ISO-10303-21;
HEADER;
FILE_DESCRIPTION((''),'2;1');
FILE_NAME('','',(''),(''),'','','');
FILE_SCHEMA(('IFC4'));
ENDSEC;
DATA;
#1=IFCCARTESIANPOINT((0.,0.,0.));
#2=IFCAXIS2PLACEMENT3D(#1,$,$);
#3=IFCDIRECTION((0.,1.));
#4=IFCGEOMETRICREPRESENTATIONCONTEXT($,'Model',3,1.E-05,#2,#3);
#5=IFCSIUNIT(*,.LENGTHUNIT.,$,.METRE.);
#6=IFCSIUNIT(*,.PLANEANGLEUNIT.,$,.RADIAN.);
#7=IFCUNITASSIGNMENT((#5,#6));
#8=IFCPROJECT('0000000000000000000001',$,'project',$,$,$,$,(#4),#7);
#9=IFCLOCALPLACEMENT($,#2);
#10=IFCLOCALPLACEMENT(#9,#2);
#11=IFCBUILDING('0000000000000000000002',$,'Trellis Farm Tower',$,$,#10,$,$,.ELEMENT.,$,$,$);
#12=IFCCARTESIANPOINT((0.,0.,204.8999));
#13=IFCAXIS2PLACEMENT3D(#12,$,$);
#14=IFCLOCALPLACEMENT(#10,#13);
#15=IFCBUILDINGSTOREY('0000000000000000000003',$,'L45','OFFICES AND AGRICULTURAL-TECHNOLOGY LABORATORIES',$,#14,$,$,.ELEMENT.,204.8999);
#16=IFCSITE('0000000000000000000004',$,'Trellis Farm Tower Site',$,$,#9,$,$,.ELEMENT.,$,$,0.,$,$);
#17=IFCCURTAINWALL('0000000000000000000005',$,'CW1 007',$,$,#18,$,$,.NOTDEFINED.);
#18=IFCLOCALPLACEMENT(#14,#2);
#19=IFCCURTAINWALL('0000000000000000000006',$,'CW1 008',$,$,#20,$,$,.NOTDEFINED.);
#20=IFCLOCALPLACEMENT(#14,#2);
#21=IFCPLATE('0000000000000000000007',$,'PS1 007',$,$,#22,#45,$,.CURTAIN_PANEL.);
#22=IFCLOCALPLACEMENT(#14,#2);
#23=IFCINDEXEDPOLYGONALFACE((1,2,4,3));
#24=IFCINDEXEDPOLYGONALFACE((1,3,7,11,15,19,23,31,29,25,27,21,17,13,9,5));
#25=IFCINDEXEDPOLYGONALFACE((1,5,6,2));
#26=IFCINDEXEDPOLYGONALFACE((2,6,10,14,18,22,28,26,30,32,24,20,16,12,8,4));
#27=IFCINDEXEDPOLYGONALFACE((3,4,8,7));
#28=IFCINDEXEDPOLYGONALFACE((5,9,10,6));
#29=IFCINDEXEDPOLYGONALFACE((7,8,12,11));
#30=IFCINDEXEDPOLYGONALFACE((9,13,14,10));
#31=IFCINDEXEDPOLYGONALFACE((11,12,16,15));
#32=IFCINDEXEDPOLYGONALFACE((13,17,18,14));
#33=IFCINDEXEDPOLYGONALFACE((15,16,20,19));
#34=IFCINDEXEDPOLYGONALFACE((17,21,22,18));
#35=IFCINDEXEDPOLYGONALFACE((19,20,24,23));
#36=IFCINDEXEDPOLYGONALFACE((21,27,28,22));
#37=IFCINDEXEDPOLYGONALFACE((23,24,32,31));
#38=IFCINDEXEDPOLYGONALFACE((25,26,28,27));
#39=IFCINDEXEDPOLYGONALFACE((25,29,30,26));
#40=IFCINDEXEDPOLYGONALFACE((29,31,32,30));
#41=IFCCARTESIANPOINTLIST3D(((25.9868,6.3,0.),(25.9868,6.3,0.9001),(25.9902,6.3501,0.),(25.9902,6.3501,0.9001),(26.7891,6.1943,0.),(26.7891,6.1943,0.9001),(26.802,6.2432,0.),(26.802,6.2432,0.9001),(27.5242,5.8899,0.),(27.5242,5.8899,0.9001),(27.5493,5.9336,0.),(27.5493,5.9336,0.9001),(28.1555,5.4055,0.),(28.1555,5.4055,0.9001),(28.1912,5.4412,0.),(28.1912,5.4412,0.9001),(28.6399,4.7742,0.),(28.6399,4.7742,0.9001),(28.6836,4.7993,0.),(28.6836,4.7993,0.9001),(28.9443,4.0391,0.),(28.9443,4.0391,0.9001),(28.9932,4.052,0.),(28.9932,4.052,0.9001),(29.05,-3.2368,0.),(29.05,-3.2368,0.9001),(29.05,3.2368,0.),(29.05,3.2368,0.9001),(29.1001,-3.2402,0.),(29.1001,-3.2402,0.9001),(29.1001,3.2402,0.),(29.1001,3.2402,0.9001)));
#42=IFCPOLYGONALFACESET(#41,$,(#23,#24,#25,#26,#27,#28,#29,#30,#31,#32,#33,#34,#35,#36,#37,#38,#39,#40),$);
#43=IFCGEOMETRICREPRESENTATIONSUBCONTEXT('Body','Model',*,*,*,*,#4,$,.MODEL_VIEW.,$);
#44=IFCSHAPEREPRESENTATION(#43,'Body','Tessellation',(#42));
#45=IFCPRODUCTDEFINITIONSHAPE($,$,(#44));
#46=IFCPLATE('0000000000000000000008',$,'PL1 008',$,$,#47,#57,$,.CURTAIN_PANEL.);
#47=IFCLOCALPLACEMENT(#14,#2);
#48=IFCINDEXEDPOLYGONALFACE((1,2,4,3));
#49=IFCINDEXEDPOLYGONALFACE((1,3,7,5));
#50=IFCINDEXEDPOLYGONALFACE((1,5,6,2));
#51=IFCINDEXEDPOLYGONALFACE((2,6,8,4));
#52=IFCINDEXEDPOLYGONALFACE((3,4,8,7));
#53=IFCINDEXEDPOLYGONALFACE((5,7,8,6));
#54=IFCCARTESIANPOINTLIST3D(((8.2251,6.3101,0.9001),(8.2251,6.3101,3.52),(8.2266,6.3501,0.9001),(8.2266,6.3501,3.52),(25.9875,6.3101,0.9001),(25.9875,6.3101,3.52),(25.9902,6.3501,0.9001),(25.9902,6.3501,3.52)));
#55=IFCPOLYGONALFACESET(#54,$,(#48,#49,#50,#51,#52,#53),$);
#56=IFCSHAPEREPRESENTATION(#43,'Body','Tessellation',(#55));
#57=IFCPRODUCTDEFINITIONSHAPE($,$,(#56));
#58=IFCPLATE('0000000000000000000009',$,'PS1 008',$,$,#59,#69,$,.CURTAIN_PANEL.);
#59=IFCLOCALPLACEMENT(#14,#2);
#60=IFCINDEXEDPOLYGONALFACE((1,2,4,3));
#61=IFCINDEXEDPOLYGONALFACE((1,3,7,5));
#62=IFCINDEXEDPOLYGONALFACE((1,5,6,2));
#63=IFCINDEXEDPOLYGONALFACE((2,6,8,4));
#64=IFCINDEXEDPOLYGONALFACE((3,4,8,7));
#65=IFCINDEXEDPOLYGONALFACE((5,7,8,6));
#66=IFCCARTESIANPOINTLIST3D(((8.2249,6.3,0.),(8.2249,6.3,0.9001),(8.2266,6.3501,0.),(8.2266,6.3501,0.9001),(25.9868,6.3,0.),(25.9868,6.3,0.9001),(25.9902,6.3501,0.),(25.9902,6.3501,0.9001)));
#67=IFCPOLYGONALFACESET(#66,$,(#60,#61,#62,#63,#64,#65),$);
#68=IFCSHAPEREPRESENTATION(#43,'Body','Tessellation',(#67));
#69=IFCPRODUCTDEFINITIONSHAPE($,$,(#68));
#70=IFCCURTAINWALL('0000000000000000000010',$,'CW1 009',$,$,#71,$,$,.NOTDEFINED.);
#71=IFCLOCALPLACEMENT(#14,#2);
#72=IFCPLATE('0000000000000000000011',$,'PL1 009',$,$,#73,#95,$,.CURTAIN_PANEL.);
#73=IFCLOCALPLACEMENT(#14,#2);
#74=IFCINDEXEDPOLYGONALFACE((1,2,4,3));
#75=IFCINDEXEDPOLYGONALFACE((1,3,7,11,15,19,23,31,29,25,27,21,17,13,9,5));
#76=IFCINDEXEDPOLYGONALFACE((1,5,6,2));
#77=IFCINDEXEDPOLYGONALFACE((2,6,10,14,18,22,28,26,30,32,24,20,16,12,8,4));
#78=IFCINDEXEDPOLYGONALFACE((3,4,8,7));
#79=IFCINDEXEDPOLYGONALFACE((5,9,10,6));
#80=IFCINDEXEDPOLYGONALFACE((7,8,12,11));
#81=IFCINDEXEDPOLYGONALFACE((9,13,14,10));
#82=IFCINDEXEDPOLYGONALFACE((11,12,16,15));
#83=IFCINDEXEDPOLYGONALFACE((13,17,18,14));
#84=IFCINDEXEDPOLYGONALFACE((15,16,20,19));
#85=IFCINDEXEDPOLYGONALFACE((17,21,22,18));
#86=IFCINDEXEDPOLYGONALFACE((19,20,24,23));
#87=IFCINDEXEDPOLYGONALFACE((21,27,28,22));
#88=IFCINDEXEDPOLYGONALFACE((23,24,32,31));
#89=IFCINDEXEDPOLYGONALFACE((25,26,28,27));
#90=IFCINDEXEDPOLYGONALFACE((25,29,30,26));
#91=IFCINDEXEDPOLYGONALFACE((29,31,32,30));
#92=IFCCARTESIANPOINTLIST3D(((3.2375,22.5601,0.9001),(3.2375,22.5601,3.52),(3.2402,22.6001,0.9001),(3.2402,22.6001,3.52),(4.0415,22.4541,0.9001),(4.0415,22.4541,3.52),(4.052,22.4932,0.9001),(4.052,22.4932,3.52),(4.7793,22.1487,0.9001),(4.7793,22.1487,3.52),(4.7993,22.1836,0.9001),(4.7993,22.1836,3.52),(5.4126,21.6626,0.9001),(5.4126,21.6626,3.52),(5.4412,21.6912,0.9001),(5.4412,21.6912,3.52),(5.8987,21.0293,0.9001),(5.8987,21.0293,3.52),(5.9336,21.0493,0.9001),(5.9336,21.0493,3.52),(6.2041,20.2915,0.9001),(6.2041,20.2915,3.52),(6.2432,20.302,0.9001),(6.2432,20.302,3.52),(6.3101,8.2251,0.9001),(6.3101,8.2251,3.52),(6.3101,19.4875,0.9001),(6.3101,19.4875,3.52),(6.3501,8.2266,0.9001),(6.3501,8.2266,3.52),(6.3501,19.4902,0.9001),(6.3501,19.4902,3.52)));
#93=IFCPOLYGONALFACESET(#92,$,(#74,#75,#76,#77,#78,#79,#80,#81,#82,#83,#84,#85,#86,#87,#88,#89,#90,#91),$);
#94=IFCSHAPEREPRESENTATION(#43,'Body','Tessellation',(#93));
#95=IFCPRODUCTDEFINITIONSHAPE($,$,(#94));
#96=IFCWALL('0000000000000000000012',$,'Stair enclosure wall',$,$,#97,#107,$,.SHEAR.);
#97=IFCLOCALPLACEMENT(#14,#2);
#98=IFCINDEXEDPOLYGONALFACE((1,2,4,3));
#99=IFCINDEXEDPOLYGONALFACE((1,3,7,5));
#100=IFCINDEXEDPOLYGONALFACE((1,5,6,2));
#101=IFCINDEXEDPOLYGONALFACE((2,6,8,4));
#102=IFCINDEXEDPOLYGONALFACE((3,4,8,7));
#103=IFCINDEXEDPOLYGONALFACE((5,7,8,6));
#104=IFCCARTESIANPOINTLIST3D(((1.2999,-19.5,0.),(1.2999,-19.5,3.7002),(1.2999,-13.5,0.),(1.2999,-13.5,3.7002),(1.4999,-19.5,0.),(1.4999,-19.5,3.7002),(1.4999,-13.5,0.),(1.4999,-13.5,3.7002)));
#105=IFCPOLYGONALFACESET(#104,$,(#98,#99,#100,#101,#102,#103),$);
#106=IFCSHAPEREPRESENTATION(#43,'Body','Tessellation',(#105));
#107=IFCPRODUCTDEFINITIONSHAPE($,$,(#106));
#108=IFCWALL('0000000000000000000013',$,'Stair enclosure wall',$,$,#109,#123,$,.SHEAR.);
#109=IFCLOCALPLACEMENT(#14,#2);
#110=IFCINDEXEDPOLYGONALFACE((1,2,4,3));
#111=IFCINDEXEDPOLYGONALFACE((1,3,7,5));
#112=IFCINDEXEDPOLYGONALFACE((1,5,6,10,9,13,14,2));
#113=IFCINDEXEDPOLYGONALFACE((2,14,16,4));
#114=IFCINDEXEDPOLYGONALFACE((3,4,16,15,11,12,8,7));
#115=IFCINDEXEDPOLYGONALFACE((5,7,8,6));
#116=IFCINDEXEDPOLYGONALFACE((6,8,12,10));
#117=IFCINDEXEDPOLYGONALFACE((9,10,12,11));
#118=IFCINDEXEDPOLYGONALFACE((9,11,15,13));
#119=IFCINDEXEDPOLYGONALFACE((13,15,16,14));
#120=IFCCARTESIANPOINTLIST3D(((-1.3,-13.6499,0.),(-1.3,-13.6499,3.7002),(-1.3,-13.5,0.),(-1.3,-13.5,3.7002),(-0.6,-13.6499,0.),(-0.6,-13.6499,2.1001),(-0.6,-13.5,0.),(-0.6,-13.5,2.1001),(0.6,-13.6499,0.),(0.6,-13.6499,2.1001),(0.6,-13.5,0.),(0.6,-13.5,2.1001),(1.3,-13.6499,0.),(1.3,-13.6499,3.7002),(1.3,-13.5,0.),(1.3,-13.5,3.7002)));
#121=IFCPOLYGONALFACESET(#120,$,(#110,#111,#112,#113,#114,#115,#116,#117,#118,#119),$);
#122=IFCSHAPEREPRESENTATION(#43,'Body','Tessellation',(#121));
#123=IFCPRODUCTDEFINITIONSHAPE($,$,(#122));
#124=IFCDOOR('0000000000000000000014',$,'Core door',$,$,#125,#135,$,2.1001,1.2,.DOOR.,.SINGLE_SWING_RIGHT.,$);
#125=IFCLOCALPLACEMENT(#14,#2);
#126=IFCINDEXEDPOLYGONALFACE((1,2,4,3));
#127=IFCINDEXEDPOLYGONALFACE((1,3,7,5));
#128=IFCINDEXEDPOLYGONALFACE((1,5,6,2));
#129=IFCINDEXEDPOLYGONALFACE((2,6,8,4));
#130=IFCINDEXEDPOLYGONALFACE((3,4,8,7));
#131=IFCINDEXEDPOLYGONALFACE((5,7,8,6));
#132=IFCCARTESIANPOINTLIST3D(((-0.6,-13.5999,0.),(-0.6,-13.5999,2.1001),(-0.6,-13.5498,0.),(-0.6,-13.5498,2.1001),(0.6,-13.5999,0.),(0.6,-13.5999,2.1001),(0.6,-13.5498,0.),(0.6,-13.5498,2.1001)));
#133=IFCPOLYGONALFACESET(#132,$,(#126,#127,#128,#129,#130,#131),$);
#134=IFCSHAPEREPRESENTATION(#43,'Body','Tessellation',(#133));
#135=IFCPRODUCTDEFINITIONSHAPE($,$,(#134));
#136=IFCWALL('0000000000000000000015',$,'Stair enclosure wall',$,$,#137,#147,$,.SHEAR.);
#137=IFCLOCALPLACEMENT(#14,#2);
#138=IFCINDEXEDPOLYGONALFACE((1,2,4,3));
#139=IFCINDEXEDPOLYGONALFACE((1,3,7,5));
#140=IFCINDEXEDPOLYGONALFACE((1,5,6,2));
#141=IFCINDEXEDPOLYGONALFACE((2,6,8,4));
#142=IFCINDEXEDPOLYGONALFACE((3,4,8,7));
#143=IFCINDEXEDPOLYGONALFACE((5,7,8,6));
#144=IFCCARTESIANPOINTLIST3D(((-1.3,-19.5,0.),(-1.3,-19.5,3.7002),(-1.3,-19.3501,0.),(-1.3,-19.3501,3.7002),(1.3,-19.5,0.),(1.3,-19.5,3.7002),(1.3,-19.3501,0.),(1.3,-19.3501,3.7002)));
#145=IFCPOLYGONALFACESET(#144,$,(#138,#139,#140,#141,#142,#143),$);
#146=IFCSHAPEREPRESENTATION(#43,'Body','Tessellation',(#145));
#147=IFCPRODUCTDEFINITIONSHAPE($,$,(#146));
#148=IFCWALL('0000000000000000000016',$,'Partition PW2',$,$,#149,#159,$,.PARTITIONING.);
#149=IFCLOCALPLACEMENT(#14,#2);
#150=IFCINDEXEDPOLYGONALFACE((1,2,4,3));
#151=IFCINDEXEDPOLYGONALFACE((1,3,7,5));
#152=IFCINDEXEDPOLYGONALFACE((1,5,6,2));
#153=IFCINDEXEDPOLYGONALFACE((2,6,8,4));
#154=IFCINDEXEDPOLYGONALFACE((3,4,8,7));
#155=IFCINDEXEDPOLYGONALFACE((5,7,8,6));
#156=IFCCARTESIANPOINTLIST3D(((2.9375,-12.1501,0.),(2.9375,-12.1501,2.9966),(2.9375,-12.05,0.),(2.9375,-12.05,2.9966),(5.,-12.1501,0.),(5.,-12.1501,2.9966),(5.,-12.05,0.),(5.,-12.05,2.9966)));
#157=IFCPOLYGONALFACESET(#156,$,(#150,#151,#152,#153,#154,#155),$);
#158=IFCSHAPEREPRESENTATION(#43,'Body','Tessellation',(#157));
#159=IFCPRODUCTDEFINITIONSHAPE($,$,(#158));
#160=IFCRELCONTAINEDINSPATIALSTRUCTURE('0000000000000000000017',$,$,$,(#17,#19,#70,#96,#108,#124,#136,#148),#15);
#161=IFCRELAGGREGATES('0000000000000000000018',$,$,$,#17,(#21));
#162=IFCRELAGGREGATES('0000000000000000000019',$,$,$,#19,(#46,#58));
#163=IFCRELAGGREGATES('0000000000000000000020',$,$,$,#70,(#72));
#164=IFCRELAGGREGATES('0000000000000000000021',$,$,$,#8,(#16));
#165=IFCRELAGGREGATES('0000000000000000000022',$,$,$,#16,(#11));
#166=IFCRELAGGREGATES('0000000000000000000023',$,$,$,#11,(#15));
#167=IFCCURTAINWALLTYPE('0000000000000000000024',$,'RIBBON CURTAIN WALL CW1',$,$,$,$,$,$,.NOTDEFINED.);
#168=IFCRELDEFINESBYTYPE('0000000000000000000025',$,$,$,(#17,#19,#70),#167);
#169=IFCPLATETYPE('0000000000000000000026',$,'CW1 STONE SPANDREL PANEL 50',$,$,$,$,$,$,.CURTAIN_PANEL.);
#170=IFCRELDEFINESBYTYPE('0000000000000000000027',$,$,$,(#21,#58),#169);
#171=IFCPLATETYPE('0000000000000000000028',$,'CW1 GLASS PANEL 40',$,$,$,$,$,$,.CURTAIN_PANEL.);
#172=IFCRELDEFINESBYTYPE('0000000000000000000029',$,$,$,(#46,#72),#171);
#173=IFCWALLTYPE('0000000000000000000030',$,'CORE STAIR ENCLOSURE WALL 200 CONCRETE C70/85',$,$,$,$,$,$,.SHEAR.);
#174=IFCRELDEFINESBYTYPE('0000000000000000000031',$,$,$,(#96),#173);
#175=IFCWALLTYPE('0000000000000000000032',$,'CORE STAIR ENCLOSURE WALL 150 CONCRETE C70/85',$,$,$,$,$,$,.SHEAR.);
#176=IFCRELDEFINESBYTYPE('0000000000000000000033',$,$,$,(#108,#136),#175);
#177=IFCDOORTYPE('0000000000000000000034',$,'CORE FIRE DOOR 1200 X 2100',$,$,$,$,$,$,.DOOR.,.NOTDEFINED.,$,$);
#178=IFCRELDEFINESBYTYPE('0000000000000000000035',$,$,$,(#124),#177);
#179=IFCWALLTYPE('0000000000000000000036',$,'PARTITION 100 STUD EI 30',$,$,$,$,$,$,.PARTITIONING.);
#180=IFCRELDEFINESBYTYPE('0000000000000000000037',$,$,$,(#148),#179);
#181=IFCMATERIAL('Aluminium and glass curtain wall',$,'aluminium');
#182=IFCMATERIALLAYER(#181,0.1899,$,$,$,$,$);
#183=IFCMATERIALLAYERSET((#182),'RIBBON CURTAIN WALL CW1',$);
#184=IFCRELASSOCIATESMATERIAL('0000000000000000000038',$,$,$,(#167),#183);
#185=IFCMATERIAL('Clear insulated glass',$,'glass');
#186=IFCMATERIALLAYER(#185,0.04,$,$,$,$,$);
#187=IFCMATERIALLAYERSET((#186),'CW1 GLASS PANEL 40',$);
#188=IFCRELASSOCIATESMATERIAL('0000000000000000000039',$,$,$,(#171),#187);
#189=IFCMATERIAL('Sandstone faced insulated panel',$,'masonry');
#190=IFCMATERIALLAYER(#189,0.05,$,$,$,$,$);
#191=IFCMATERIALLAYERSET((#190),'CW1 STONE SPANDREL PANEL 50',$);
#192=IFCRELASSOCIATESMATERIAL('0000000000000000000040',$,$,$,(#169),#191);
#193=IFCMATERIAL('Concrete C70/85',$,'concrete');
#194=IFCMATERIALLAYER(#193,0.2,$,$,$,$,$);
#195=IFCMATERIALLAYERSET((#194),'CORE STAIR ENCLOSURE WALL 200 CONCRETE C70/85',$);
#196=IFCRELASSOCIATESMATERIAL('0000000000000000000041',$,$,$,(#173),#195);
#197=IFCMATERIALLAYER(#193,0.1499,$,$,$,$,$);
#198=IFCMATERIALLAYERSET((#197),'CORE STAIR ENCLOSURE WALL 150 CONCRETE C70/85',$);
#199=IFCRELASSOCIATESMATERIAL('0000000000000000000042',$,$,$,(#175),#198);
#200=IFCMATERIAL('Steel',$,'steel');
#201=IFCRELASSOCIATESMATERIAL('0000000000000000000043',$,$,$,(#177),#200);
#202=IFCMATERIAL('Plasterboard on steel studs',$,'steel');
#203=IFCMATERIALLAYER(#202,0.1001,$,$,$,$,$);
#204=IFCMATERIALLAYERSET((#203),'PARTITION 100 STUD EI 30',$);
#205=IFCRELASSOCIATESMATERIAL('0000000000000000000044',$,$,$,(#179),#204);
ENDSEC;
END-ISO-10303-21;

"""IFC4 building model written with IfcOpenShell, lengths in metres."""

from ifc_helpers import new_model, si_unit, direction, frame, frame_2d, origin, place, context, subcontext, project, spatial, polyline, rectangle, outline, extrude, source, transform, mapped, material, layer, layer_set, type_object, element, fill, aggregate, save


model = new_model("IFC4")

# Units and contexts
model_context = context("Model", 3, precision=1e-05, world=origin(), true_north=direction((0.0, 1.0)))
body_context = subcontext(model_context, "Body", "Model", "MODEL_VIEW")
ifc_project = project(units=[si_unit("LENGTHUNIT", "METRE"), si_unit("PLANEANGLEUNIT", "RADIAN")], contexts=[model_context])

# Site, building, storey
site_placement = place(None, origin())
site = spatial("IfcSite", under=ifc_project, at=site_placement, Name="Trellis Farm Tower Site", CompositionType="ELEMENT", RefElevation=0.0)
building_placement = place(site_placement, origin())
building = spatial("IfcBuilding", under=site, at=building_placement, Name="Trellis Farm Tower", CompositionType="ELEMENT")
storey_placement = place(building_placement, frame((0.0, 0.0, 204.8999)))
storey = spatial("IfcBuildingStorey", under=building, at=storey_placement, Name="L45", Description="OFFICES AND AGRICULTURAL-TECHNOLOGY LABORATORIES", CompositionType="ELEMENT", Elevation=204.8999)

# Shared definitions
ifc_material_1 = material(Name="Concrete C70/85", Category="concrete")

# Curtain walls
ifc_material_2 = material(Name="Aluminium and glass curtain wall", Category="aluminium")
ifc_layer_1 = layer(ifc_material_2, 0.1899)
ifc_layer_set_1 = layer_set([ifc_layer_1], Name="RIBBON CURTAIN WALL CW1")
curtain_wall_type_1 = type_object("IfcCurtainWallType", Name="RIBBON CURTAIN WALL CW1", PredefinedType="NOTDEFINED", material=ifc_layer_set_1)
placement_1 = place(storey_placement, origin())
curtain_wall_1 = element("IfcCurtainWall", 1, at=placement_1, inside=storey, type_object=curtain_wall_type_1, Name="CW1 007", PredefinedType="NOTDEFINED")
curtain_wall_2 = element("IfcCurtainWall", 2, at=placement_1, inside=storey, type_object=curtain_wall_type_1, Name="CW1 008", PredefinedType="NOTDEFINED")

# Plates
ifc_material_3 = material(Name="Clear insulated glass", Category="glass")
ifc_layer_2 = layer(ifc_material_3, 0.04)
ifc_layer_set_2 = layer_set([ifc_layer_2], Name="CW1 GLASS PANEL 40")
plate_type_1 = type_object("IfcPlateType", Name="CW1 GLASS PANEL 40", PredefinedType="CURTAIN_PANEL", material=ifc_layer_set_2)
placement_2 = place(storey_placement, frame((0.0, 0.0, 0.9001)))
ifc_material_4 = material(Name="Sandstone faced insulated panel", Category="masonry")
ifc_layer_3 = layer(ifc_material_4, 0.05)
ifc_layer_set_3 = layer_set([ifc_layer_3], Name="CW1 STONE SPANDREL PANEL 50")
plate_type_2 = type_object("IfcPlateType", Name="CW1 STONE SPANDREL PANEL 50", PredefinedType="CURTAIN_PANEL", material=ifc_layer_set_3)
shared_shape_1 = source(origin(), body_context, "Body", "SweptSolid", [
    extrude(outline(polyline([(29.1001, -3.2402), (29.1001, 3.2402), (28.9932, 4.052), (28.6836, 4.7993), (28.1912, 5.4412), (27.5493, 5.9336), (26.802, 6.2432), (25.9902, 6.3501), (25.9868, 6.3), (26.7891, 6.1943), (27.5242, 5.8899), (28.1555, 5.4055), (28.6399, 4.7742), (28.9443, 4.0391), (29.05, 3.2368), (29.05, -3.2368), (29.1001, -3.2402)])), origin(), (0.0, 0.0, 1.0), 0.9001),
])
plate_1 = element("IfcPlate", 3, at=placement_1, type_object=plate_type_2, Name="PS1 007", PredefinedType="CURTAIN_PANEL", context=body_context, shape_type="MappedRepresentation", body=[
    mapped(shared_shape_1, transform((0.0, 0.0, 0.0))),
])
aggregate(curtain_wall_1, [plate_1])
shared_shape_2 = source(origin(), body_context, "Body", "SweptSolid", [
    extrude(outline(polyline([(25.9902, 6.3501), (8.2266, 6.3501), (8.2251, 6.3101), (25.9875, 6.3101), (25.9902, 6.3501)])), origin(), (0.0, 0.0, 1.0), 2.6199),
])
plate_2 = element("IfcPlate", 4, at=placement_2, type_object=plate_type_1, Name="PL1 008", PredefinedType="CURTAIN_PANEL", context=body_context, shape_type="MappedRepresentation", body=[
    mapped(shared_shape_2, transform((0.0, 0.0, 0.0))),
])
shared_shape_3 = source(origin(), body_context, "Body", "SweptSolid", [
    extrude(outline(polyline([(25.9902, 6.3501), (8.2266, 6.3501), (8.2249, 6.3), (25.9868, 6.3), (25.9902, 6.3501)])), origin(), (0.0, 0.0, 1.0), 0.9001),
])
plate_3 = element("IfcPlate", 5, at=placement_1, type_object=plate_type_2, Name="PS1 008", PredefinedType="CURTAIN_PANEL", context=body_context, shape_type="MappedRepresentation", body=[
    mapped(shared_shape_3, transform((0.0, 0.0, 0.0))),
])
aggregate(curtain_wall_2, [plate_2, plate_3])

# Curtain wall, plate
curtain_wall_3 = element("IfcCurtainWall", 6, at=placement_1, inside=storey, type_object=curtain_wall_type_1, Name="CW1 009", PredefinedType="NOTDEFINED")
shared_shape_4 = source(origin(), body_context, "Body", "SweptSolid", [
    extrude(outline(polyline([(6.3501, 8.2266), (6.3501, 19.4902), (6.2432, 20.302), (5.9336, 21.0493), (5.4412, 21.6912), (4.7993, 22.1836), (4.052, 22.4932), (3.2402, 22.6001), (3.2375, 22.5601), (4.0415, 22.4541), (4.7793, 22.1487), (5.4126, 21.6626), (5.8987, 21.0293), (6.2041, 20.2915), (6.3101, 19.4875), (6.3101, 8.2251), (6.3501, 8.2266)])), origin(), (0.0, 0.0, 1.0), 2.6199),
])
plate_4 = element("IfcPlate", 7, at=placement_2, type_object=plate_type_1, Name="PL1 009", PredefinedType="CURTAIN_PANEL", context=body_context, shape_type="MappedRepresentation", body=[
    mapped(shared_shape_4, transform((0.0, 0.0, 0.0))),
])
aggregate(curtain_wall_3, [plate_4])

# Wall
ifc_layer_4 = layer(ifc_material_1, 0.2)
ifc_layer_set_4 = layer_set([ifc_layer_4], Name="CORE STAIR ENCLOSURE WALL 200 CONCRETE C70/85")
wall_type_1 = type_object("IfcWallType", Name="CORE STAIR ENCLOSURE WALL 200 CONCRETE C70/85", PredefinedType="SHEAR", material=ifc_layer_set_4)
shared_shape_5 = source(origin(), body_context, "Body", "SweptSolid", [
    extrude(rectangle(XDim=6.0, YDim=0.2, at=frame_2d((3.0, 0.0))), origin(), (0.0, 0.0, 1.0), 3.7002),
])
wall_1_placement = place(storey_placement, frame((1.3999, -13.5, 0.0), z_axis=(0.0, 0.0, 1.0), x_axis=(0.0, -1.0, 0.0)))
element("IfcWall", 8, at=wall_1_placement, inside=storey, type_object=wall_type_1, Name="Stair enclosure wall", PredefinedType="SHEAR", context=body_context, shape_type="MappedRepresentation", body=[
    mapped(shared_shape_5, transform((0.0, 0.0, 0.0))),
])

# Wall, opening, door
ifc_layer_5 = layer(ifc_material_1, 0.1499)
ifc_layer_set_5 = layer_set([ifc_layer_5], Name="CORE STAIR ENCLOSURE WALL 150 CONCRETE C70/85")
wall_type_2 = type_object("IfcWallType", Name="CORE STAIR ENCLOSURE WALL 150 CONCRETE C70/85", PredefinedType="SHEAR", material=ifc_layer_set_5)
shared_shape_6 = source(origin(), body_context, "Body", "SweptSolid", [
    extrude(rectangle(XDim=2.6001, YDim=0.1499, at=frame_2d((1.3, 0.0))), origin(), (0.0, 0.0, 1.0), 3.7002),
])
wall_2_placement = place(storey_placement, frame((1.3, -13.575, 0.0), z_axis=(0.0, 0.0, 1.0), x_axis=(-1.0, 0.0, 0.0)))
wall_2 = element("IfcWall", 9, at=wall_2_placement, inside=storey, type_object=wall_type_2, Name="Stair enclosure wall", PredefinedType="SHEAR", context=body_context, shape_type="MappedRepresentation", body=[
    mapped(shared_shape_6, transform((0.0, 0.0, 0.0))),
])
shared_shape_7 = source(origin(), body_context, "Body", "SweptSolid", [
    extrude(rectangle(XDim=1.2, YDim=2.1001, at=frame_2d((0.6001, 1.05))), frame((0.0, 0.085, 0.0), z_axis=(0.0, -1.0, 0.0), x_axis=(1.0, 0.0, 0.0)), (0.0, 0.0, 1.0), 0.1699),
])
opening_1_placement = place(wall_2_placement, frame((0.7, 0.0, 0.0)))
opening_1 = element("IfcOpeningElement", 10, at=opening_1_placement, cuts=wall_2, PredefinedType="OPENING", context=body_context, shape_type="MappedRepresentation", body=[
    mapped(shared_shape_7, transform((0.0, 0.0, 0.0))),
])
ifc_material_5 = material(Name="Steel", Category="steel")
door_type_1 = type_object("IfcDoorType", Name="CORE FIRE DOOR 1200 X 2100", OperationType="NOTDEFINED", PredefinedType="DOOR", material=ifc_material_5)
shared_shape_8 = source(origin(), body_context, "Body", "SweptSolid", [
    extrude(rectangle(XDim=1.2, YDim=2.1001, at=frame_2d((0.6001, 1.05))), frame((0.0, 0.0249, 0.0), z_axis=(0.0, -1.0, 0.0), x_axis=(1.0, 0.0, 0.0)), (0.0, 0.0, 1.0), 0.05),
])
door_1_placement = place(opening_1_placement, origin())
door_1 = element("IfcDoor", 11, at=door_1_placement, inside=storey, type_object=door_type_1, Name="Core door", OperationType="SINGLE_SWING_RIGHT", OverallHeight=2.1001, OverallWidth=1.2, PredefinedType="DOOR", context=body_context, shape_type="MappedRepresentation", body=[
    mapped(shared_shape_8, transform((0.0, 0.0, 0.0))),
])
fill(opening_1, door_1)

# Walls
wall_3_placement = place(storey_placement, frame((1.3, -19.425, 0.0), z_axis=(0.0, 0.0, 1.0), x_axis=(-1.0, 0.0, 0.0)))
element("IfcWall", 12, at=wall_3_placement, inside=storey, type_object=wall_type_2, Name="Stair enclosure wall", PredefinedType="SHEAR", context=body_context, shape_type="MappedRepresentation", body=[
    mapped(shared_shape_6, transform((0.0, 0.0, 0.0))),
])
ifc_material_6 = material(Name="Plasterboard on steel studs", Category="steel")
ifc_layer_6 = layer(ifc_material_6, 0.1001)
ifc_layer_set_6 = layer_set([ifc_layer_6], Name="PARTITION 100 STUD EI 30")
wall_type_3 = type_object("IfcWallType", Name="PARTITION 100 STUD EI 30", PredefinedType="PARTITIONING", material=ifc_layer_set_6)
shared_shape_9 = source(origin(), body_context, "Body", "SweptSolid", [
    extrude(rectangle(XDim=2.0625, YDim=0.1001, at=frame_2d((1.0312, 0.0))), origin(), (0.0, 0.0, 1.0), 2.9966),
])
wall_4_placement = place(storey_placement, frame((2.9375, -12.1001, 0.0), z_axis=(0.0, 0.0, 1.0), x_axis=(1.0, 0.0, 0.0)))
element("IfcWall", 13, at=wall_4_placement, inside=storey, type_object=wall_type_3, Name="Partition PW2", PredefinedType="PARTITIONING", context=body_context, shape_type="MappedRepresentation", body=[
    mapped(shared_shape_9, transform((0.0, 0.0, 0.0))),
])

save(model, "model.ifc")
